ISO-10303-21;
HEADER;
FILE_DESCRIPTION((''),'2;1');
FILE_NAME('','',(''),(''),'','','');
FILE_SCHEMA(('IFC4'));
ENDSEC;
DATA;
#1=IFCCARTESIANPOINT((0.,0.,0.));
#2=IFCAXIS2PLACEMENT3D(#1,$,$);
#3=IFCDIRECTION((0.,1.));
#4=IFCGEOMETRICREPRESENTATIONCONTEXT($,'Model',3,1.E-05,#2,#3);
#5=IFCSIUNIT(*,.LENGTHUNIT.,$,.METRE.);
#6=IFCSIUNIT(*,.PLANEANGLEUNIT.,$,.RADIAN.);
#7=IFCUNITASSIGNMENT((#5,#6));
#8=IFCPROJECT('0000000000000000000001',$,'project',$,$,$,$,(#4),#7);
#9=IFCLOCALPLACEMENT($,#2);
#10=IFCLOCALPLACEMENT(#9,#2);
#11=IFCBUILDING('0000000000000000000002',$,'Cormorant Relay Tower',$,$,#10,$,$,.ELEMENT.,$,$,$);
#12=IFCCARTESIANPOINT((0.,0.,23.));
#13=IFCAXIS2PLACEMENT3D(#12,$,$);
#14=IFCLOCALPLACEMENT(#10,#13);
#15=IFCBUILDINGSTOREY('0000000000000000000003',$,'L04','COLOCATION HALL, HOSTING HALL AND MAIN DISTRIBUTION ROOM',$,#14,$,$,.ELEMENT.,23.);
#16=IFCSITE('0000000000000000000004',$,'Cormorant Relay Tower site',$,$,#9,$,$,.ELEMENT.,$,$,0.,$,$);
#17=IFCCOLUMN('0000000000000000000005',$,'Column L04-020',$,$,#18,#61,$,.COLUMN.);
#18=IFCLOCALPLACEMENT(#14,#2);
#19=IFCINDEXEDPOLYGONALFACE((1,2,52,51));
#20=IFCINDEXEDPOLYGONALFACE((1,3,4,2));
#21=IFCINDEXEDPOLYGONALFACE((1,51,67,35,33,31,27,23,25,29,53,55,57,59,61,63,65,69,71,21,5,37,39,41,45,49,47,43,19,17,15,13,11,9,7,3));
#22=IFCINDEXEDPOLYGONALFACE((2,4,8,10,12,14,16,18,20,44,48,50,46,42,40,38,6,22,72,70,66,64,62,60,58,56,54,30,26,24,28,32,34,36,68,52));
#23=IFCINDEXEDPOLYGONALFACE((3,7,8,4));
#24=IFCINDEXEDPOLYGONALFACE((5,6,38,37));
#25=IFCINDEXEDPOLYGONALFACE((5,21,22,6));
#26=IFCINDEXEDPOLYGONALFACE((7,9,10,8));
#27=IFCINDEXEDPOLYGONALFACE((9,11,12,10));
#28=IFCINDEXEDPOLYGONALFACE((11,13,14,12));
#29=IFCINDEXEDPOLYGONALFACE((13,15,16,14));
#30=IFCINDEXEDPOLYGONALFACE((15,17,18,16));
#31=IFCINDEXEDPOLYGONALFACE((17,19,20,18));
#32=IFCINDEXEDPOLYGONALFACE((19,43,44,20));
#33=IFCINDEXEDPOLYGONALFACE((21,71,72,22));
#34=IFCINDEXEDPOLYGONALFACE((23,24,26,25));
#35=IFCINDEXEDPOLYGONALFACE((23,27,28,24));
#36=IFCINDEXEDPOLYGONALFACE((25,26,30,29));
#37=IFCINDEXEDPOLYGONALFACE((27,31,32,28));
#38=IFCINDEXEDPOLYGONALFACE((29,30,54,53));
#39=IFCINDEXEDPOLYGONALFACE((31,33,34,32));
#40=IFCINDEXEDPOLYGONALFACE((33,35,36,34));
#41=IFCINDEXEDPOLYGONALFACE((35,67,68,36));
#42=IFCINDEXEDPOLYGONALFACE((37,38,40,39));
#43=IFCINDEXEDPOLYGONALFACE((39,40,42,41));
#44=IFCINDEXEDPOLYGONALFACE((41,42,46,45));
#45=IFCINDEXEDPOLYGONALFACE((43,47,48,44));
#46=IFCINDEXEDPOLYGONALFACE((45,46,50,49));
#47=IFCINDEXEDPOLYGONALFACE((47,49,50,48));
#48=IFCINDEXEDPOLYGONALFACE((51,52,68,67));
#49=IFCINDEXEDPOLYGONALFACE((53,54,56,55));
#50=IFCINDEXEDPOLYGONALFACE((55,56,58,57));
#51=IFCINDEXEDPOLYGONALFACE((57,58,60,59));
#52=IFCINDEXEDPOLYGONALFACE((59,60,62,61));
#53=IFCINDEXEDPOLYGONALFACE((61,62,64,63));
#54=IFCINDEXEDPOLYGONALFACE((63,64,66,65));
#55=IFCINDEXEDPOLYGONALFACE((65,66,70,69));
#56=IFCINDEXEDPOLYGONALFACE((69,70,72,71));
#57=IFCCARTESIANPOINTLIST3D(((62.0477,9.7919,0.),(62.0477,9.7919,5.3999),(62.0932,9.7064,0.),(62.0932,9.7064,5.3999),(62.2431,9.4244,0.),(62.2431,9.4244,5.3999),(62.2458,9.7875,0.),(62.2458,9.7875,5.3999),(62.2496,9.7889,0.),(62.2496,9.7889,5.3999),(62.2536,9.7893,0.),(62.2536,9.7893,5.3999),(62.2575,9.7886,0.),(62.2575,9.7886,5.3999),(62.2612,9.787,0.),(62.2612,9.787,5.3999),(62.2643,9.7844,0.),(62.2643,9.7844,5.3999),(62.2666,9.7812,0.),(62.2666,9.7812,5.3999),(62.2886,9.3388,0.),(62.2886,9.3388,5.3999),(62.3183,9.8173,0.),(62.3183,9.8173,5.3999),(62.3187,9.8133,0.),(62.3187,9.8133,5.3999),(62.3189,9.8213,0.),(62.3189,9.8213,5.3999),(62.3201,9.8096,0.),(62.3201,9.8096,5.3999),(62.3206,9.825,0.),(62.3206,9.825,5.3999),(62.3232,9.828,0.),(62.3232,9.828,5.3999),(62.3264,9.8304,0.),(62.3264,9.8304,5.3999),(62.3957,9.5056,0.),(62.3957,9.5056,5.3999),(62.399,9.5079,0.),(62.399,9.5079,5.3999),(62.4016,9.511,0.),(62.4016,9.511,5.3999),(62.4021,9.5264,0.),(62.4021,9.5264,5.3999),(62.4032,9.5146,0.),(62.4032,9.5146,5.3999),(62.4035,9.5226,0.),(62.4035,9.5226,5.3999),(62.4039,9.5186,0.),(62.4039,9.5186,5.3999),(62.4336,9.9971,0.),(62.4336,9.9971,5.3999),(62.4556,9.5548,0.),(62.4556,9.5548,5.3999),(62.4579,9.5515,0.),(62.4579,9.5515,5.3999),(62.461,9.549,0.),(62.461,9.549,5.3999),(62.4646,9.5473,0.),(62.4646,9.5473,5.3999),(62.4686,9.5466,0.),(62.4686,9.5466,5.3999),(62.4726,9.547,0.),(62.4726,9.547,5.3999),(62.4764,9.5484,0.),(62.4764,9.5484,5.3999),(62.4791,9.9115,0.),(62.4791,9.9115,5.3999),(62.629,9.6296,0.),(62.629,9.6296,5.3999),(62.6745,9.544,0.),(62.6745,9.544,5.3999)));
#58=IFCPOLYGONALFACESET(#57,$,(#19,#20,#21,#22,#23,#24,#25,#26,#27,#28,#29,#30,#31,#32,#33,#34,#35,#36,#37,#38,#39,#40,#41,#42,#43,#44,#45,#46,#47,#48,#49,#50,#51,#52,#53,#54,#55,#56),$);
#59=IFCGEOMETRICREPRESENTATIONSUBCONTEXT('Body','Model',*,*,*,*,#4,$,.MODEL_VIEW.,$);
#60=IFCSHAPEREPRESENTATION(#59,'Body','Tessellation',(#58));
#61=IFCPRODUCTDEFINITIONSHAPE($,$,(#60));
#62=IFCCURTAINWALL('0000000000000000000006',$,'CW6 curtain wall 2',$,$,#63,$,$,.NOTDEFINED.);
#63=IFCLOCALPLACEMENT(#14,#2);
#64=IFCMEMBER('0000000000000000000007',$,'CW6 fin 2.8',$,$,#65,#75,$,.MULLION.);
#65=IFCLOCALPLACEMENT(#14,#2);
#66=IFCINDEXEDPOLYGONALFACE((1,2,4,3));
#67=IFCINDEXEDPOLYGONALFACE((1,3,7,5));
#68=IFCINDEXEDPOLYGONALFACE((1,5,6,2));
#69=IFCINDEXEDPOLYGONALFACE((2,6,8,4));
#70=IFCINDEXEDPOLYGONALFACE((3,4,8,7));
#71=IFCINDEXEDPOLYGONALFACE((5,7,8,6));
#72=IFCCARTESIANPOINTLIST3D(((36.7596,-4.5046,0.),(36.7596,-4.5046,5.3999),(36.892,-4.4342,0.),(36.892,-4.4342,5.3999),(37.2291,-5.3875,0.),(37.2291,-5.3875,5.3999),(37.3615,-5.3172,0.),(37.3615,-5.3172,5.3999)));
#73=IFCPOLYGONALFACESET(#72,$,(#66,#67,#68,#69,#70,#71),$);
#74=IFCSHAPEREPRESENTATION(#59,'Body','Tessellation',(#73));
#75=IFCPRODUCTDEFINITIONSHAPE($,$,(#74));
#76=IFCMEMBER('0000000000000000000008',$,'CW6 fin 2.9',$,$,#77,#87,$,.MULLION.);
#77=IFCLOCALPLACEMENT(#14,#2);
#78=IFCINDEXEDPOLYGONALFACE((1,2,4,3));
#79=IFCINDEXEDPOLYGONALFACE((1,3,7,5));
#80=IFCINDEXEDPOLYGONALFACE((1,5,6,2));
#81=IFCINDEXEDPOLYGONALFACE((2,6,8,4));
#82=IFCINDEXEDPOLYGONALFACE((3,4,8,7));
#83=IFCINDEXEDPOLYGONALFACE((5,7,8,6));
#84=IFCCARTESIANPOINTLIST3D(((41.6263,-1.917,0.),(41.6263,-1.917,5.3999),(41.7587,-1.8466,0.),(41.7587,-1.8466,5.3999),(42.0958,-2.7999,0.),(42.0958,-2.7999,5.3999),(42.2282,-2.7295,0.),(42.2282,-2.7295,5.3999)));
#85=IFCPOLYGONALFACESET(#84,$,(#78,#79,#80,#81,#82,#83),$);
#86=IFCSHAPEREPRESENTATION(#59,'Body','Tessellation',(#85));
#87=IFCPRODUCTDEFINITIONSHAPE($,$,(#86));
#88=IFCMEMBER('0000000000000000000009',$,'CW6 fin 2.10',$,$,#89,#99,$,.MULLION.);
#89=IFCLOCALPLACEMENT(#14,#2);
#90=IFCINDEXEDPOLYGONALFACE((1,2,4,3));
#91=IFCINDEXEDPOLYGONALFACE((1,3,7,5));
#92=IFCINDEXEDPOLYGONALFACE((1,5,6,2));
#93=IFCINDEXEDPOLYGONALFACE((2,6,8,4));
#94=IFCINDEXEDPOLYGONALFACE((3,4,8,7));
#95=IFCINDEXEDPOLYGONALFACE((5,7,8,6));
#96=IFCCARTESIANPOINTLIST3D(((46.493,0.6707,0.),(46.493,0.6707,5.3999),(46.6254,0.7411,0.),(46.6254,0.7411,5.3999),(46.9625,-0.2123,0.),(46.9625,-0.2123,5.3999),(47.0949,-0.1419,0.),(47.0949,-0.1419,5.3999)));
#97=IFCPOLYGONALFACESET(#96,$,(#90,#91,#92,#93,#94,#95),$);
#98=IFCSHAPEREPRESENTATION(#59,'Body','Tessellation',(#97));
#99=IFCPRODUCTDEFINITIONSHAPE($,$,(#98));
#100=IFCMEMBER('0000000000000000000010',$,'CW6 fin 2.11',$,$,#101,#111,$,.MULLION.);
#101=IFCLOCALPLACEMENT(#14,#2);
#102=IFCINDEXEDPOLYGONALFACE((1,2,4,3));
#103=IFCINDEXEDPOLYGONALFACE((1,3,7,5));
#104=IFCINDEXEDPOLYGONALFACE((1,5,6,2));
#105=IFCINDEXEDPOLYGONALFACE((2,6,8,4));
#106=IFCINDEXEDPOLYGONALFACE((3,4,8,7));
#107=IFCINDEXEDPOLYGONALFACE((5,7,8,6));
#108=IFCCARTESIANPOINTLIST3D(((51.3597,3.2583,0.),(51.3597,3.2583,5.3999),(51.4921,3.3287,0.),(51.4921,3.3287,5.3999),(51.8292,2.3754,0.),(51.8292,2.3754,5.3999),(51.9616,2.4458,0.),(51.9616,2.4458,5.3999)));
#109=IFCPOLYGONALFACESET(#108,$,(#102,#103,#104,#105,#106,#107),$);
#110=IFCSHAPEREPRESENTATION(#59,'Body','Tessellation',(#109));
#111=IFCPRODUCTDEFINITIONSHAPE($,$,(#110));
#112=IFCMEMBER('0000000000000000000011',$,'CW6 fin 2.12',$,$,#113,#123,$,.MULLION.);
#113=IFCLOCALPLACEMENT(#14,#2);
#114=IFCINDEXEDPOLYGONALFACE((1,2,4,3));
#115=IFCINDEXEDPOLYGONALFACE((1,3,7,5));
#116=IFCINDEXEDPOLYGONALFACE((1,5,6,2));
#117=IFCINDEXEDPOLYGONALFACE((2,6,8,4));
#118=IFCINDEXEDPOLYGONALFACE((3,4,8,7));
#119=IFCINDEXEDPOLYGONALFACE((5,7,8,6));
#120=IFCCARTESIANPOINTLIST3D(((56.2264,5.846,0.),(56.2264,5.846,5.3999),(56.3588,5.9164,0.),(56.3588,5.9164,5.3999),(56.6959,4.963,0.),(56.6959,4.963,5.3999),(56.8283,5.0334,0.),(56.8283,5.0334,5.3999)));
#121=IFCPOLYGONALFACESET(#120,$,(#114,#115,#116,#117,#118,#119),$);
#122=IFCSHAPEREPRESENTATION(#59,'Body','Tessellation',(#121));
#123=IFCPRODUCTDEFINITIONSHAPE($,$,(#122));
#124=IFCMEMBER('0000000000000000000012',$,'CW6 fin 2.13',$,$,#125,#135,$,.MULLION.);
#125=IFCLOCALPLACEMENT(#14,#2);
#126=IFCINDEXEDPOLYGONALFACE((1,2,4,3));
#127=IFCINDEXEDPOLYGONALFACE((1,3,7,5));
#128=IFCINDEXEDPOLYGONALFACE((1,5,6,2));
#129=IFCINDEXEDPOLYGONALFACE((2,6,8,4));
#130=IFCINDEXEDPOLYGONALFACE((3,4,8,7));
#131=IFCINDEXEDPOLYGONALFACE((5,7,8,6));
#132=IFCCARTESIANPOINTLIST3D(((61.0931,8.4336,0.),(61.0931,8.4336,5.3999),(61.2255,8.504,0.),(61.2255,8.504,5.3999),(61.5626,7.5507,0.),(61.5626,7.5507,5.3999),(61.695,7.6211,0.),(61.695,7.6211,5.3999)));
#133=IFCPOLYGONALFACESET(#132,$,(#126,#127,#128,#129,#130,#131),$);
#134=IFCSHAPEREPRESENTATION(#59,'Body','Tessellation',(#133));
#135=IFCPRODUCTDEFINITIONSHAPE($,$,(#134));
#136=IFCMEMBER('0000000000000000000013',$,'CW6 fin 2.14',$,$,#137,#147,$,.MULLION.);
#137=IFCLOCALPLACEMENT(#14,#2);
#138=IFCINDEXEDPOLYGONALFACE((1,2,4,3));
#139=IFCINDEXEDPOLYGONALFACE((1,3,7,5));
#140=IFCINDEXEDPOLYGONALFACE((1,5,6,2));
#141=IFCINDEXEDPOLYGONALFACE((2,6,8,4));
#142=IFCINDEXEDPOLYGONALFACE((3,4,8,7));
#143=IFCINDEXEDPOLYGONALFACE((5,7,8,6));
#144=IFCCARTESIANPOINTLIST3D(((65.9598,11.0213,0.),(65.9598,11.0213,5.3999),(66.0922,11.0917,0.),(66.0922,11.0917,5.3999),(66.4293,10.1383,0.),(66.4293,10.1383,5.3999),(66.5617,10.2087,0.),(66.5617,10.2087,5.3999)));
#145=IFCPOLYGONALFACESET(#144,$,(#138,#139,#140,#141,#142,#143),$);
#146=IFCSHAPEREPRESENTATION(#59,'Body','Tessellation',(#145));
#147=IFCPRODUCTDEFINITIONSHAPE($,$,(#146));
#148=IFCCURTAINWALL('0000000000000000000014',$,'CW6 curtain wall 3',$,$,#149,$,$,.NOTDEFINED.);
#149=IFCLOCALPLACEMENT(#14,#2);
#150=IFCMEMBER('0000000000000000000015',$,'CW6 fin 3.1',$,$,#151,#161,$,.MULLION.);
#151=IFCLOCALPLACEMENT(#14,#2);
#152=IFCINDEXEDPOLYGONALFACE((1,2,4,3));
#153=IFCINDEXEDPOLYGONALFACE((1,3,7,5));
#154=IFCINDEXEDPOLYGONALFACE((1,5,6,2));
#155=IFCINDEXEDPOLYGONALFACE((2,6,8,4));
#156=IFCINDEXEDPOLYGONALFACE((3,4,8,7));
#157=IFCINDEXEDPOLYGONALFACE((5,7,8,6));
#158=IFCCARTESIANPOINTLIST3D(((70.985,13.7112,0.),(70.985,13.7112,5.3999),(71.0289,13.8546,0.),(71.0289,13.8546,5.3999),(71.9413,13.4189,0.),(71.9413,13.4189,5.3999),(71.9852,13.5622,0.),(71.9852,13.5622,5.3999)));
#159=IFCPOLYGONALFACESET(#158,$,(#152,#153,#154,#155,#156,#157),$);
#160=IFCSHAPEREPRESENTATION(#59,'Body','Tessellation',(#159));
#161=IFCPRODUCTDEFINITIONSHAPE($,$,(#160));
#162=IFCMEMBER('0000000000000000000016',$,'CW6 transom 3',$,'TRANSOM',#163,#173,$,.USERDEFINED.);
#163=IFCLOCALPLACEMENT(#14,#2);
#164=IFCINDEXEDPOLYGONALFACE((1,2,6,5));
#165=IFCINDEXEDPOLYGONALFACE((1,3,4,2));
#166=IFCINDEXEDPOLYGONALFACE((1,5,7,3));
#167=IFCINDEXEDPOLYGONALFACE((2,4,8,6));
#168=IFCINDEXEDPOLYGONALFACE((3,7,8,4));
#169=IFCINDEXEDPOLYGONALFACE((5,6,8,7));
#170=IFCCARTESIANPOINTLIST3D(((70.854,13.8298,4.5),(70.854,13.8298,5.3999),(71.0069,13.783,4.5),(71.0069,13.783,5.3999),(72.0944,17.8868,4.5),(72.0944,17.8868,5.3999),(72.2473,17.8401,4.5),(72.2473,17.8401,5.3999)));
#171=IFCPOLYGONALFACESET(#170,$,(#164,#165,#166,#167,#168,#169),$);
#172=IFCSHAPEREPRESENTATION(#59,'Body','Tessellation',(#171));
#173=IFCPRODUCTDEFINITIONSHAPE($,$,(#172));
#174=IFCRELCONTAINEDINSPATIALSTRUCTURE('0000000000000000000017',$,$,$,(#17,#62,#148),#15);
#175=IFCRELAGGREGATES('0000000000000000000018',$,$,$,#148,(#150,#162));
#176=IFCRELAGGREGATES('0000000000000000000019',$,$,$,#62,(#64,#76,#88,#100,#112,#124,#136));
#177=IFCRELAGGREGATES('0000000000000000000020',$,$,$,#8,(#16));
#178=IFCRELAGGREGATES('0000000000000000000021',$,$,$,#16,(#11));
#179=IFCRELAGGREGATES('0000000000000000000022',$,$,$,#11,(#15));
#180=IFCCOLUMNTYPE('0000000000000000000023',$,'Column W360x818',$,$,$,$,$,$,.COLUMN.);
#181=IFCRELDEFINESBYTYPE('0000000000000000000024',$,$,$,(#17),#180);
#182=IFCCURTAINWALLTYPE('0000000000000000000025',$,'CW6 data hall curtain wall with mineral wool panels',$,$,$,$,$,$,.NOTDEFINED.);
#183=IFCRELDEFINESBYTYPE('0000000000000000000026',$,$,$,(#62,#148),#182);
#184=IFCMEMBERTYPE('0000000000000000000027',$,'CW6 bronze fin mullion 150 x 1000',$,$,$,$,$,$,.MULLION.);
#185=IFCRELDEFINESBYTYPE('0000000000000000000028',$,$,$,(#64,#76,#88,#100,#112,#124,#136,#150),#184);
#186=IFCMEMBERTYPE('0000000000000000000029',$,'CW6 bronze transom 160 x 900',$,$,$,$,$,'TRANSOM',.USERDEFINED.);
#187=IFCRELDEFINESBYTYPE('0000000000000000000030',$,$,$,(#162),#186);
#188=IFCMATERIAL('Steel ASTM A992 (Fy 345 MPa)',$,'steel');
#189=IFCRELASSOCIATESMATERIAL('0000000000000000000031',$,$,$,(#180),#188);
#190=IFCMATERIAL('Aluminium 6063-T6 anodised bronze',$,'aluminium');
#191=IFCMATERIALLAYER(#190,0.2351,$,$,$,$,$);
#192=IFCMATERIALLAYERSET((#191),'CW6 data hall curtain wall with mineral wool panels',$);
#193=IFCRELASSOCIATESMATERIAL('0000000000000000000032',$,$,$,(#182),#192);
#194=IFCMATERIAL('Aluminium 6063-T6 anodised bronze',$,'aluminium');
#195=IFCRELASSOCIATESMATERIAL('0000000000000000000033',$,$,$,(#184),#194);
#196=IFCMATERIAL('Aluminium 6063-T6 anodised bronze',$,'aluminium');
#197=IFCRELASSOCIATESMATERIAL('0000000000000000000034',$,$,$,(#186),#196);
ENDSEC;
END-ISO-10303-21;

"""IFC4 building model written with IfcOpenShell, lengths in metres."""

from ifc_helpers import new_model, si_unit, direction, frame, origin, origin_2d, place, context, subcontext, project, spatial, rectangle, i_section, extrude, material, layer, layer_set, material_profile, profile_set, type_object, element, aggregate, save


model = new_model("IFC4")

# Units and contexts
model_context = context("Model", 3, precision=1e-05, world=origin(), true_north=direction((0.0, 1.0)))
body_context = subcontext(model_context, "Body", "Model", "MODEL_VIEW")
ifc_project = project(units=[si_unit("LENGTHUNIT", "METRE"), si_unit("PLANEANGLEUNIT", "RADIAN")], contexts=[model_context])

# Site, building, storey
site_placement = place(None, origin())
site = spatial("IfcSite", under=ifc_project, at=site_placement, Name="Cormorant Relay Tower site", CompositionType="ELEMENT", RefElevation=0.0)
building_placement = place(site_placement, origin())
building = spatial("IfcBuilding", under=site, at=building_placement, Name="Cormorant Relay Tower", CompositionType="ELEMENT")
storey_placement = place(building_placement, frame((0.0, 0.0, 23.0)))
storey = spatial("IfcBuildingStorey", under=building, at=storey_placement, Name="L04", Description="COLOCATION HALL, HOSTING HALL AND MAIN DISTRIBUTION ROOM", CompositionType="ELEMENT", Elevation=23.0)

# Column
ifc_material_1 = material(Name="Steel ASTM A992 (Fy 345 MPa)", Category="steel")
ifc_material_profile_1 = material_profile(ifc_material_1, i_section(OverallWidth=0.437, OverallDepth=0.5132, WebThickness=0.0605, FlangeThickness=0.0969, FilletRadius=0.0154, at=origin_2d()), Name="W360x818")
ifc_profile_set_1 = profile_set([ifc_material_profile_1], Name="Steel ASTM A992 (Fy 345 MPa)")
column_type_1 = type_object("IfcColumnType", Name="Column W360x818", PredefinedType="COLUMN", material=ifc_profile_set_1)
for number, where, z_axis, x_axis, name in (
    (1, (62.3611, 9.668, 0.0), (0.0, 0.0, 1.0), (0.882948, 0.469472, 0.0), "Column L04-020"),
):
    element("IfcColumn", number, at=place(storey_placement, frame(where, z_axis=z_axis, x_axis=x_axis)), inside=storey, type_object=column_type_1, Name=name, PredefinedType="COLUMN", context=body_context, shape_type="SweptSolid", body=[
        extrude(i_section(OverallWidth=0.437, OverallDepth=0.5132, WebThickness=0.0605, FlangeThickness=0.0969, FilletRadius=0.0154, at=origin_2d()), origin(), (0.0, 0.0, 1.0), 5.3999),
    ])

# Curtain walls, members
ifc_material_2 = material(Name="Aluminium 6063-T6 anodised bronze", Category="aluminium")
ifc_layer_1 = layer(ifc_material_2, 0.2351)
ifc_layer_set_1 = layer_set([ifc_layer_1], Name="CW6 data hall curtain wall with mineral wool panels")
curtain_wall_type = type_object("IfcCurtainWallType", Name="CW6 data hall curtain wall with mineral wool panels", PredefinedType="NOTDEFINED", material=ifc_layer_set_1)
curtain_wall_1_placement = place(storey_placement, origin())
curtain_wall_1 = element("IfcCurtainWall", 2, at=curtain_wall_1_placement, inside=storey, type_object=curtain_wall_type, Name="CW6 curtain wall 2", PredefinedType="NOTDEFINED")
ifc_material_3 = material(Name="Aluminium 6063-T6 anodised bronze", Category="aluminium")
ifc_material_profile_2 = material_profile(ifc_material_3, rectangle(XDim=0.1499, YDim=1.0, at=origin_2d()), Name="AL 150x1000")
ifc_profile_set_2 = profile_set([ifc_material_profile_2], Name="Aluminium 6063-T6 anodised bronze")
member_type_1 = type_object("IfcMemberType", Name="CW6 bronze fin mullion 150 x 1000", PredefinedType="MULLION", material=ifc_profile_set_2)
member_1_placement = place(storey_placement, frame((37.0605, -4.9109, 0.0), z_axis=(0.0, 0.0, 1.0), x_axis=(0.882948, 0.469472, 0.0)))
member_1 = element("IfcMember", 3, at=member_1_placement, type_object=member_type_1, Name="CW6 fin 2.8", PredefinedType="MULLION", context=body_context, shape_type="SweptSolid", body=[
    extrude(rectangle(XDim=0.1499, YDim=1.0, at=origin_2d()), origin(), (0.0, 0.0, 1.0), 5.3999),
])
member_2_placement = place(storey_placement, frame((41.9272, -2.3232, 0.0), z_axis=(0.0, 0.0, 1.0), x_axis=(0.882948, 0.469472, 0.0)))
member_2 = element("IfcMember", 4, at=member_2_placement, type_object=member_type_1, Name="CW6 fin 2.9", PredefinedType="MULLION", context=body_context, shape_type="SweptSolid", body=[
    extrude(rectangle(XDim=0.1499, YDim=1.0, at=origin_2d()), origin(), (0.0, 0.0, 1.0), 5.3999),
])
member_3_placement = place(storey_placement, frame((46.7939, 0.2644, 0.0), z_axis=(0.0, 0.0, 1.0), x_axis=(0.882948, 0.469472, 0.0)))
member_3 = element("IfcMember", 5, at=member_3_placement, type_object=member_type_1, Name="CW6 fin 2.10", PredefinedType="MULLION", context=body_context, shape_type="SweptSolid", body=[
    extrude(rectangle(XDim=0.1499, YDim=1.0, at=origin_2d()), origin(), (0.0, 0.0, 1.0), 5.3999),
])
member_4_placement = place(storey_placement, frame((51.6606, 2.8521, 0.0), z_axis=(0.0, 0.0, 1.0), x_axis=(0.882948, 0.469472, 0.0)))
member_4 = element("IfcMember", 6, at=member_4_placement, type_object=member_type_1, Name="CW6 fin 2.11", PredefinedType="MULLION", context=body_context, shape_type="SweptSolid", body=[
    extrude(rectangle(XDim=0.1499, YDim=1.0, at=origin_2d()), origin(), (0.0, 0.0, 1.0), 5.3999),
])
member_5_placement = place(storey_placement, frame((56.5273, 5.4397, 0.0), z_axis=(0.0, 0.0, 1.0), x_axis=(0.882948, 0.469472, 0.0)))
member_5 = element("IfcMember", 7, at=member_5_placement, type_object=member_type_1, Name="CW6 fin 2.12", PredefinedType="MULLION", context=body_context, shape_type="SweptSolid", body=[
    extrude(rectangle(XDim=0.1499, YDim=1.0, at=origin_2d()), origin(), (0.0, 0.0, 1.0), 5.3999),
])
member_6_placement = place(storey_placement, frame((61.394, 8.0273, 0.0), z_axis=(0.0, 0.0, 1.0), x_axis=(0.882948, 0.469472, 0.0)))
member_6 = element("IfcMember", 8, at=member_6_placement, type_object=member_type_1, Name="CW6 fin 2.13", PredefinedType="MULLION", context=body_context, shape_type="SweptSolid", body=[
    extrude(rectangle(XDim=0.1499, YDim=1.0, at=origin_2d()), origin(), (0.0, 0.0, 1.0), 5.3999),
])
member_7_placement = place(storey_placement, frame((66.2607, 10.615, 0.0), z_axis=(0.0, 0.0, 1.0), x_axis=(0.882948, 0.469472, 0.0)))
member_7 = element("IfcMember", 9, at=member_7_placement, type_object=member_type_1, Name="CW6 fin 2.14", PredefinedType="MULLION", context=body_context, shape_type="SweptSolid", body=[
    extrude(rectangle(XDim=0.1499, YDim=1.0, at=origin_2d()), origin(), (0.0, 0.0, 1.0), 5.3999),
])
curtain_wall_2_placement = place(storey_placement, origin())
curtain_wall_2 = element("IfcCurtainWall", 10, at=curtain_wall_2_placement, inside=storey, type_object=curtain_wall_type, Name="CW6 curtain wall 3", PredefinedType="NOTDEFINED")
member_8_placement = place(storey_placement, frame((71.4851, 13.6367, 0.0), z_axis=(0.0, 0.0, 1.0), x_axis=(0.292372, 0.956305, 0.0)))
member_8 = element("IfcMember", 11, at=member_8_placement, type_object=member_type_1, Name="CW6 fin 3.1", PredefinedType="MULLION", context=body_context, shape_type="SweptSolid", body=[
    extrude(rectangle(XDim=0.1499, YDim=1.0, at=origin_2d()), origin(), (0.0, 0.0, 1.0), 5.3999),
])
ifc_material_4 = material(Name="Aluminium 6063-T6 anodised bronze", Category="aluminium")
ifc_material_profile_3 = material_profile(ifc_material_4, rectangle(XDim=0.1599, YDim=0.8999, at=origin_2d()), Name="AL 160x900")
ifc_profile_set_3 = profile_set([ifc_material_profile_3], Name="Aluminium 6063-T6 anodised bronze")
member_type_2 = type_object("IfcMemberType", Name="CW6 bronze transom 160 x 900", ElementType="TRANSOM", PredefinedType="USERDEFINED", material=ifc_profile_set_3)
member_9_placement = place(storey_placement, frame((70.9304, 13.8064, 4.95), z_axis=(0.292391, 0.956299, 0.0), x_axis=(-0.956299, 0.292391, 0.0)))
member_9 = element("IfcMember", 12, at=member_9_placement, type_object=member_type_2, Name="CW6 transom 3", ObjectType="TRANSOM", PredefinedType="USERDEFINED", context=body_context, shape_type="SweptSolid", body=[
    extrude(rectangle(XDim=0.1599, YDim=0.8999, at=origin_2d()), origin(), (0.0, 0.0, 1.0), 4.2424),
])
aggregate(curtain_wall_2, [member_8, member_9])

aggregate(curtain_wall_1, [member_1, member_2, member_3, member_4, member_5, member_6, member_7])

save(model, "model.ifc")
